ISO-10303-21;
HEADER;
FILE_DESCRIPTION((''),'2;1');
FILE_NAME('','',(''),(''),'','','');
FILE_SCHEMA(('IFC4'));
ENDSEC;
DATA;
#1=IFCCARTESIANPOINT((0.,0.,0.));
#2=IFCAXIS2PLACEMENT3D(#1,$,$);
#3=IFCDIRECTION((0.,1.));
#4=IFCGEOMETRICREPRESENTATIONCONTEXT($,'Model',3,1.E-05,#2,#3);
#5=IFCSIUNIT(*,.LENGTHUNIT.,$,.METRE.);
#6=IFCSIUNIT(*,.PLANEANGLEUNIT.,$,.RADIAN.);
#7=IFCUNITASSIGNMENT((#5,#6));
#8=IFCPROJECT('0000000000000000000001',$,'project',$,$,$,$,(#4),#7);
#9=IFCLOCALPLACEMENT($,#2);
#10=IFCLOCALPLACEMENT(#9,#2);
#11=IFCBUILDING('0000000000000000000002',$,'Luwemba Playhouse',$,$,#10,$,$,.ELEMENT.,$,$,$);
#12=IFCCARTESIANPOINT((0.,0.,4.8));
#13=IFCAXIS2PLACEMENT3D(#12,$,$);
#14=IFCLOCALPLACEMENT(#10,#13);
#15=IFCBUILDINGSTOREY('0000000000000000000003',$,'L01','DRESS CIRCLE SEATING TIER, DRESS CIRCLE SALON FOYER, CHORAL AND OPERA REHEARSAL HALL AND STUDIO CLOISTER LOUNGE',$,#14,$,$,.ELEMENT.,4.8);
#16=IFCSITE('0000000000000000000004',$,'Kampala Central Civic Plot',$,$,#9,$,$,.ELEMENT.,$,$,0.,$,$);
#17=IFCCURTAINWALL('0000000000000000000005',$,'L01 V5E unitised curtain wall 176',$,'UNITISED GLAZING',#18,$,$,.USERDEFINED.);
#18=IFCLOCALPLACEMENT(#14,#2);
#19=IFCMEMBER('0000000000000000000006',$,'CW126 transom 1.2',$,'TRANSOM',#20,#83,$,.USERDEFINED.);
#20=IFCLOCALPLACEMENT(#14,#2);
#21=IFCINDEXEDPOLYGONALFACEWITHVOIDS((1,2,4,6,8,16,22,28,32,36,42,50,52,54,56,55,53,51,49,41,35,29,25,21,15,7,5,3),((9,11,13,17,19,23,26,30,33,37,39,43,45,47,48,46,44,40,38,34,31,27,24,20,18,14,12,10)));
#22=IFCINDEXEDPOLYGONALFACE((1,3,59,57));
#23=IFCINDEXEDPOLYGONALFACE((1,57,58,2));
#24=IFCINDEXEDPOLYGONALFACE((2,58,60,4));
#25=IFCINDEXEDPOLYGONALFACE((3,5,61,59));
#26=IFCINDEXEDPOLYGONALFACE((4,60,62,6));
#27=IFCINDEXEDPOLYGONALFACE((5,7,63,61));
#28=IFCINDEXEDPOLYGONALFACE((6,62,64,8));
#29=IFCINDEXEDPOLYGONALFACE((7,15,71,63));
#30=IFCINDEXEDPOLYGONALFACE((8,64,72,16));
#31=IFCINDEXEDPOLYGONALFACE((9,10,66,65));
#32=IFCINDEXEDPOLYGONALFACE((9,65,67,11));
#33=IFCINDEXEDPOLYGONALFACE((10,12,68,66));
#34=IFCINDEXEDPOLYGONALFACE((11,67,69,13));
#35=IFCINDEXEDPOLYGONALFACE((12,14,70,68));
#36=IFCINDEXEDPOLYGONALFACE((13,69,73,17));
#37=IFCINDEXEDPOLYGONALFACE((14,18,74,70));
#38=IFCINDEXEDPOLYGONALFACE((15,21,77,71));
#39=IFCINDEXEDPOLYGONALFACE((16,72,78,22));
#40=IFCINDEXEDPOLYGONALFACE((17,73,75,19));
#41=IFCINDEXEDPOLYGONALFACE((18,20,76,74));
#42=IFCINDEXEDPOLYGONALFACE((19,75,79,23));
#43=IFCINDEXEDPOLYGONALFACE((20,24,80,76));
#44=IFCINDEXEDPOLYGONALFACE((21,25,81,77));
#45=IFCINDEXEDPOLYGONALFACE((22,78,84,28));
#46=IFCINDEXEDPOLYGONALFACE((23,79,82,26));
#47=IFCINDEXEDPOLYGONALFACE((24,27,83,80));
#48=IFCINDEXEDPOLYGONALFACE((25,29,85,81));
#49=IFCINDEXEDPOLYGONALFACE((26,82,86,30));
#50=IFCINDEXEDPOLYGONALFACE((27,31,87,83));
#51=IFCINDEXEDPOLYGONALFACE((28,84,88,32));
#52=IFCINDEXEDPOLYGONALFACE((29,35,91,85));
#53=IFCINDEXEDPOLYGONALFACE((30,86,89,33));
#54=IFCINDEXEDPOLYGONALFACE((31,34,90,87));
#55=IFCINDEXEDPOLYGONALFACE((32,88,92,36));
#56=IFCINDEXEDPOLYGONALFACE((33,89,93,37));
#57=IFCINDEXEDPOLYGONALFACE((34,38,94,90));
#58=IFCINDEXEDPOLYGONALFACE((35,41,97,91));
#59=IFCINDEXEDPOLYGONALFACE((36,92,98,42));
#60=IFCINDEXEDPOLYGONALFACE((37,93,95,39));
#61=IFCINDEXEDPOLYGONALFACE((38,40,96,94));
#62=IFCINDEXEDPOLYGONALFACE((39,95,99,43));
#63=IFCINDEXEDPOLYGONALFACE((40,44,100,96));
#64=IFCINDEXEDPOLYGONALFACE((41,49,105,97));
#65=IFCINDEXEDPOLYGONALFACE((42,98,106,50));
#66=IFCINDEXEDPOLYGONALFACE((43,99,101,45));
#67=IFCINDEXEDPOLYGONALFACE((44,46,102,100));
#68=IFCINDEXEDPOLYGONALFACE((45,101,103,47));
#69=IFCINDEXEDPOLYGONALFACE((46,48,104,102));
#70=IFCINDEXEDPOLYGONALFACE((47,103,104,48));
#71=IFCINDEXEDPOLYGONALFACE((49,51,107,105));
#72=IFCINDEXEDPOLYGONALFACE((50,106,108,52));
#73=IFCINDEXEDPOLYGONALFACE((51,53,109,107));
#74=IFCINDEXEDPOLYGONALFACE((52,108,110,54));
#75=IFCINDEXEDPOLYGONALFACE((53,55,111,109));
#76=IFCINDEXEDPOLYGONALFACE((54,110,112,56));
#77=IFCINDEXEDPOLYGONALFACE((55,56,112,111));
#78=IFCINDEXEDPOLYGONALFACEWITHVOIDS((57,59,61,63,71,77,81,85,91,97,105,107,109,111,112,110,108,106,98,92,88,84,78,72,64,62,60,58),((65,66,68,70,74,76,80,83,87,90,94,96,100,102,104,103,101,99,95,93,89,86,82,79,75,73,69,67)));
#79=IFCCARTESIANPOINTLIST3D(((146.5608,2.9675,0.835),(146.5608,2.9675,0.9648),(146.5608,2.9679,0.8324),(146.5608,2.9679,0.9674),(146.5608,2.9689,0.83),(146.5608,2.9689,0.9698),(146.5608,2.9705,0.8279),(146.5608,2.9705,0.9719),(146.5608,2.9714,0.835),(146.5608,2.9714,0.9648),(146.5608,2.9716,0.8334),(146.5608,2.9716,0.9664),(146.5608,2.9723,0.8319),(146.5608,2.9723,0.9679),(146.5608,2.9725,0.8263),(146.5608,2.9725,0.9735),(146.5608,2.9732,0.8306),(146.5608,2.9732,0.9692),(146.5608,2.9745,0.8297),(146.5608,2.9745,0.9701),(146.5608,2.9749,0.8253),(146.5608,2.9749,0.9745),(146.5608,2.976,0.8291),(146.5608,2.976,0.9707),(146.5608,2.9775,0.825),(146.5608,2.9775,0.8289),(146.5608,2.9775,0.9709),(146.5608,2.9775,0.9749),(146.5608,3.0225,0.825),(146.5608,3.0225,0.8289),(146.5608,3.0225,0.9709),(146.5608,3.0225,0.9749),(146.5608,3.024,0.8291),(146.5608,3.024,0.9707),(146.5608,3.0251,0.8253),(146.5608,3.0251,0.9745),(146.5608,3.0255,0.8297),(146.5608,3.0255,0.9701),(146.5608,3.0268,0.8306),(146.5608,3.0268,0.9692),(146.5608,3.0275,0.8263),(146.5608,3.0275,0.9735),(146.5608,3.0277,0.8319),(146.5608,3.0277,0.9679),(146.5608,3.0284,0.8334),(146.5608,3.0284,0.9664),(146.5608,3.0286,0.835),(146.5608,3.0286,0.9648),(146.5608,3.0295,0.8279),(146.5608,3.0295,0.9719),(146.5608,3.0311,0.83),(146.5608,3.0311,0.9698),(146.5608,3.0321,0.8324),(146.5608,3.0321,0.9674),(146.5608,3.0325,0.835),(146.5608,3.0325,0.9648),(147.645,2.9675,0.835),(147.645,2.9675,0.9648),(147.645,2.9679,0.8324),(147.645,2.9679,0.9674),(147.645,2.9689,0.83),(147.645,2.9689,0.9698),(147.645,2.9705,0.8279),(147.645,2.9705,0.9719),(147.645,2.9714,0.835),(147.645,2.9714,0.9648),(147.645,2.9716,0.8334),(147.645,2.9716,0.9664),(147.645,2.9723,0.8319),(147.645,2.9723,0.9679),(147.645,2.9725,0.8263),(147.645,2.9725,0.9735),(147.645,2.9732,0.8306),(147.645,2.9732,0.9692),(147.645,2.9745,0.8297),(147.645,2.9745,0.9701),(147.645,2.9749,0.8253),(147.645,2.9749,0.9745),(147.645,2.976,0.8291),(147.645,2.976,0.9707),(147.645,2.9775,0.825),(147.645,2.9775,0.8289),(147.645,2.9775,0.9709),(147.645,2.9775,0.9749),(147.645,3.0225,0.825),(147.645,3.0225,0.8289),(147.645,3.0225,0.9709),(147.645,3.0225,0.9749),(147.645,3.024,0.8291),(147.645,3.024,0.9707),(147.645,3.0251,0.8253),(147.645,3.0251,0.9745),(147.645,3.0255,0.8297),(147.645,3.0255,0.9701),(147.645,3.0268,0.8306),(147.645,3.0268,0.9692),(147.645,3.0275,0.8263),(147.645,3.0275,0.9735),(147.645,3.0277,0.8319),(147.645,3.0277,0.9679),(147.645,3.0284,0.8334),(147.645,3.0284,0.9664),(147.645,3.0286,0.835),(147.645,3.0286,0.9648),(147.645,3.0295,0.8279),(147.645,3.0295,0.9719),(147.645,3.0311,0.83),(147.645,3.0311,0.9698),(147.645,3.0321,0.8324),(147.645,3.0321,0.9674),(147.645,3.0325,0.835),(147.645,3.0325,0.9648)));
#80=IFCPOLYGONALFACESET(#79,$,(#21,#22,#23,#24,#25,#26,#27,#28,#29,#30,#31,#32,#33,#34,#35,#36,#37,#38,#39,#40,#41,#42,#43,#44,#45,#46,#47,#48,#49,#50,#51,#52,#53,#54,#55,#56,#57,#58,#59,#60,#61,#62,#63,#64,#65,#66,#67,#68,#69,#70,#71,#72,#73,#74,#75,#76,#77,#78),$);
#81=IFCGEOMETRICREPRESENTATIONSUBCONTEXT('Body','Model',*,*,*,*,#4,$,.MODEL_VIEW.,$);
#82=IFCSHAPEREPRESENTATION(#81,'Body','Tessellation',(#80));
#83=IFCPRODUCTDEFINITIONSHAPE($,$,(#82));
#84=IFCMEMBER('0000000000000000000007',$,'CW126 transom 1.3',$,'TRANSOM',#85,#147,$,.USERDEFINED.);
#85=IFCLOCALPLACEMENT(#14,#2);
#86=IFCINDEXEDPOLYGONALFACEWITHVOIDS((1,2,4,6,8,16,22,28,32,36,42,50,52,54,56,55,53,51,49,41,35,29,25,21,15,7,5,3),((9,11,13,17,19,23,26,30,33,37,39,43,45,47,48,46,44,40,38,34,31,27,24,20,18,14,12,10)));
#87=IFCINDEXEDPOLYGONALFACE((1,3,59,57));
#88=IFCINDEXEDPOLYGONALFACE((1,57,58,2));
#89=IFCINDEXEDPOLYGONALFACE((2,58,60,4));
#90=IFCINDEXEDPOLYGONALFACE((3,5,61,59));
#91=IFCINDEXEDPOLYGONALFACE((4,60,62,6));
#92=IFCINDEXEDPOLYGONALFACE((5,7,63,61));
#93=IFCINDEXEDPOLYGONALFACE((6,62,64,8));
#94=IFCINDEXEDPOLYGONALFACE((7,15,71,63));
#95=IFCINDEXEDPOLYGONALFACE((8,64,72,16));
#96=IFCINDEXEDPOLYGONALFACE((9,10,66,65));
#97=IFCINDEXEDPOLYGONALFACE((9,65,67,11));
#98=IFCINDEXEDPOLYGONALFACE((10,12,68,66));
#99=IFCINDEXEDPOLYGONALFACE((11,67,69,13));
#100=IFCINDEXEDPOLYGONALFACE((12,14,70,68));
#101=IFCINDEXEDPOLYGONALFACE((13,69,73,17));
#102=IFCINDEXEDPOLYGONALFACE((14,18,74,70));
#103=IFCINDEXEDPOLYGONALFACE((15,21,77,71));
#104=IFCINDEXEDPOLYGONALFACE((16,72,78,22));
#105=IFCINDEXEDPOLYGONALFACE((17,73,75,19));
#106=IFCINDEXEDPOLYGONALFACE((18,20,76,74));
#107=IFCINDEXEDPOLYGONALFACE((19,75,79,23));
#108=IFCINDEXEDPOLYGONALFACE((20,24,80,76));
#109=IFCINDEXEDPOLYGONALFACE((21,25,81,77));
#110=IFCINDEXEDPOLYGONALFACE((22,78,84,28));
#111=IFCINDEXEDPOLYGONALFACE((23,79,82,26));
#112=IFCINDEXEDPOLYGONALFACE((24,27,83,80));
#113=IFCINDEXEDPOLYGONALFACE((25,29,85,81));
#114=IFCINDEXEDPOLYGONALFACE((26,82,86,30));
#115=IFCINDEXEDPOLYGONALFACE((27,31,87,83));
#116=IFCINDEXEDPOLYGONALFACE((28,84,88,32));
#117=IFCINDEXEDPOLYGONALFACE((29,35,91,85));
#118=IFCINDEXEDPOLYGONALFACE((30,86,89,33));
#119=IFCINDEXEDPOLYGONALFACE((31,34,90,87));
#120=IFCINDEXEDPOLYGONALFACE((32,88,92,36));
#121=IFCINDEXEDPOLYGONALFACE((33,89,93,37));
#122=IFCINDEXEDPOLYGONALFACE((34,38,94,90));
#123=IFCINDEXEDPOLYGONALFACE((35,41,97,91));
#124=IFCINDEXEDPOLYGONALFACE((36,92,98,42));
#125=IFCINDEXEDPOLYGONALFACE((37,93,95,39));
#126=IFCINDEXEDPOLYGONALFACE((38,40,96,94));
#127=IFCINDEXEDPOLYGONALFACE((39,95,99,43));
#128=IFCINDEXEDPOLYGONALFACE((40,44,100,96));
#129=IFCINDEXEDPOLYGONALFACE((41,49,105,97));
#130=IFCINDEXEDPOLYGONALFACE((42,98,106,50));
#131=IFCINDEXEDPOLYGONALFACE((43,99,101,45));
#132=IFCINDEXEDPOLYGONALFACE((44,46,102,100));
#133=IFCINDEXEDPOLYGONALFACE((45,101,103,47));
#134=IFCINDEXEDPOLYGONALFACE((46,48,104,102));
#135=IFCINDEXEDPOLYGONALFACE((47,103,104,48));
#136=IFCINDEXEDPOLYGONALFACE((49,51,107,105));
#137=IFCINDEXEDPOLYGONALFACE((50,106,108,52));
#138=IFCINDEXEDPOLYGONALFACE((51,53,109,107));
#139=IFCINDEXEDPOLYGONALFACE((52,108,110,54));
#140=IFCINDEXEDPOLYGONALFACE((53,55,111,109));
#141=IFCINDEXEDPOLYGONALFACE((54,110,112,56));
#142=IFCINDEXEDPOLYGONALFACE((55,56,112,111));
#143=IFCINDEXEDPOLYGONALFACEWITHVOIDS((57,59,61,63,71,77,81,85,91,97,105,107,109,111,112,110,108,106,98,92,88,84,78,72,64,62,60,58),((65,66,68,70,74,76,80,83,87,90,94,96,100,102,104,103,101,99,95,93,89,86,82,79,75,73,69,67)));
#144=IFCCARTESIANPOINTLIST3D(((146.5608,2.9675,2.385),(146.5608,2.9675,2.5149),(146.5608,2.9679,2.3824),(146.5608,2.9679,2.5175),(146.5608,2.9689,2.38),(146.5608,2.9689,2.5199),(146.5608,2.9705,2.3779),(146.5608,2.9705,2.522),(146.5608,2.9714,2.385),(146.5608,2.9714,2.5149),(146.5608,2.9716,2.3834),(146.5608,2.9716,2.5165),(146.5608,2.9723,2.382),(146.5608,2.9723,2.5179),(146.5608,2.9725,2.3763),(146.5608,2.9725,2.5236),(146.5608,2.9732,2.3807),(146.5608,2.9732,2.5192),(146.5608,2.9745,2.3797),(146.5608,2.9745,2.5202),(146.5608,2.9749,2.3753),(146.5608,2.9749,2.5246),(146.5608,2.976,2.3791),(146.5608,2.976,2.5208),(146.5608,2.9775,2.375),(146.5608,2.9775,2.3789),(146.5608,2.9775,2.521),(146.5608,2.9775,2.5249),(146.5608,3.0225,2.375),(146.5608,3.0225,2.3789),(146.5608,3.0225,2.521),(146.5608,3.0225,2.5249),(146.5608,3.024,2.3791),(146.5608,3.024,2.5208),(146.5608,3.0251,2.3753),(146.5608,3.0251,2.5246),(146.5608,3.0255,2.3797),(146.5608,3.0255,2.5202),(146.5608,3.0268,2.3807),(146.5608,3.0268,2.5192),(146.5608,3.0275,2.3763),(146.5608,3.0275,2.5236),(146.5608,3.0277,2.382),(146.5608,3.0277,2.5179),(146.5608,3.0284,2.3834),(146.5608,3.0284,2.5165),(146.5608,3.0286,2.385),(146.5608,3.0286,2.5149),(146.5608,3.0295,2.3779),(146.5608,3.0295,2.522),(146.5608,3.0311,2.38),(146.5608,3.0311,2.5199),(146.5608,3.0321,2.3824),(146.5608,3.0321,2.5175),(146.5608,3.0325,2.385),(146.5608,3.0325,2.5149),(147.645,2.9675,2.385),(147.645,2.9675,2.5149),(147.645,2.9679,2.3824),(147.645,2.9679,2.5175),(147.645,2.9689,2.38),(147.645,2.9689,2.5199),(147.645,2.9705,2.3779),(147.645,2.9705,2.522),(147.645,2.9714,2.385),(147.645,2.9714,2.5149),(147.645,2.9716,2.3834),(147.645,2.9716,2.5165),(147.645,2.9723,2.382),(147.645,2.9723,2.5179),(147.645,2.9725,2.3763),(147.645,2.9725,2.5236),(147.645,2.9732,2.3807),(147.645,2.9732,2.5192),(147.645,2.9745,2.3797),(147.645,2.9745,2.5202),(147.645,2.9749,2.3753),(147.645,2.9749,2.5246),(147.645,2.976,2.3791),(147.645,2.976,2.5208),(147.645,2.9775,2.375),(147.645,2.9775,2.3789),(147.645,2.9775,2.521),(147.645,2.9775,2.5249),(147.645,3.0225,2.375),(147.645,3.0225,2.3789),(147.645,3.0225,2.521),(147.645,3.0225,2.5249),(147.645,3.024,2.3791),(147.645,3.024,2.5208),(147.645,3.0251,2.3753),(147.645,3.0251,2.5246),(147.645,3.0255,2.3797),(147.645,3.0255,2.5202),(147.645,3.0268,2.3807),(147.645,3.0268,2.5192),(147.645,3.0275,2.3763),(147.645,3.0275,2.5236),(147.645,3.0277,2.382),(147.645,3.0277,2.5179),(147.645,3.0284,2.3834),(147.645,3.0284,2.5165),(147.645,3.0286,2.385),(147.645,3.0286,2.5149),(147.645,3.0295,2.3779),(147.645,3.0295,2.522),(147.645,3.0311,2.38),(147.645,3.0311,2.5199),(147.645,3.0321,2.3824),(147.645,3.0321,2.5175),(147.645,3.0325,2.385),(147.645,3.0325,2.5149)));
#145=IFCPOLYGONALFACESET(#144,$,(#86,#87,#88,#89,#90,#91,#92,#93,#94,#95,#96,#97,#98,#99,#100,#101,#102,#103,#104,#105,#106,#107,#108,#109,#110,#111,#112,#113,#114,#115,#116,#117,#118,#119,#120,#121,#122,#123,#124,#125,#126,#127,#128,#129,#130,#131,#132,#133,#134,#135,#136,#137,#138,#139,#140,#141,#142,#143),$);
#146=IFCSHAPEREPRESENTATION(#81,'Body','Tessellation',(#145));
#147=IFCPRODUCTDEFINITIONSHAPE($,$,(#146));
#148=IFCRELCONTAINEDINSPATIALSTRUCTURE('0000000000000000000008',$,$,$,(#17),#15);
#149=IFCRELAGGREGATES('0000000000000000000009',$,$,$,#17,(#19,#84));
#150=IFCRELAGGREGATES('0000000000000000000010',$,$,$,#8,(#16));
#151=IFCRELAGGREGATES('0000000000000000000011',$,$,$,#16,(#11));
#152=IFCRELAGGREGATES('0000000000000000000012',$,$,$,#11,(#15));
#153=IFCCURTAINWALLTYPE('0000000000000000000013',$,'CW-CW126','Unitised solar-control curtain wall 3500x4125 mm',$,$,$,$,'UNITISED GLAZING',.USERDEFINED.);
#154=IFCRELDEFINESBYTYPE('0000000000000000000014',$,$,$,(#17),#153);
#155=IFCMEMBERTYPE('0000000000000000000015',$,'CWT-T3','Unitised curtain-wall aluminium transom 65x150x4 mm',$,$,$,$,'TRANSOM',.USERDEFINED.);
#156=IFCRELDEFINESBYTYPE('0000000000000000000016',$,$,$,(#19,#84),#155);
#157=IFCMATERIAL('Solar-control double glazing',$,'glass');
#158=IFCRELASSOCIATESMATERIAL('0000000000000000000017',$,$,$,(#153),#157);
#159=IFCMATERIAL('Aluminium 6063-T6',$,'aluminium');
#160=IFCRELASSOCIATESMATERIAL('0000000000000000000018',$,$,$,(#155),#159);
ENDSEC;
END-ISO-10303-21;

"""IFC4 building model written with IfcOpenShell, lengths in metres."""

from ifc_helpers import new_model, si_unit, direction, frame, origin, origin_2d, place, context, subcontext, project, spatial, hollow_rectangle, extrude, material, material_profile, profile_set, type_object, element, aggregate, save


model = new_model("IFC4")

# Units and contexts
model_context = context("Model", 3, precision=1e-05, world=origin(), true_north=direction((0.0, 1.0)))
body_context = subcontext(model_context, "Body", "Model", "MODEL_VIEW")
ifc_project = project(units=[si_unit("LENGTHUNIT", "METRE"), si_unit("PLANEANGLEUNIT", "RADIAN")], contexts=[model_context])

# Site, building, storey
site_placement = place(None, origin())
site = spatial("IfcSite", under=ifc_project, at=site_placement, Name="Kampala Central Civic Plot", CompositionType="ELEMENT", RefElevation=0.0)
building_placement = place(site_placement, origin())
building = spatial("IfcBuilding", under=site, at=building_placement, Name="Luwemba Playhouse", CompositionType="ELEMENT")
storey_placement = place(building_placement, frame((0.0, 0.0, 4.8)))
storey = spatial("IfcBuildingStorey", under=building, at=storey_placement, Name="L01", Description="DRESS CIRCLE SEATING TIER, DRESS CIRCLE SALON FOYER, CHORAL AND OPERA REHEARSAL HALL AND STUDIO CLOISTER LOUNGE", CompositionType="ELEMENT", Elevation=4.8)

# Curtain wall, members
ifc_material_1 = material(Name="Solar-control double glazing", Category="glass")
curtain_wall_type = type_object("IfcCurtainWallType", Name="CW-CW126", Description="Unitised solar-control curtain wall 3500x4125 mm", ElementType="UNITISED GLAZING", PredefinedType="USERDEFINED", material=ifc_material_1)
curtain_wall_placement = place(storey_placement, origin())
curtain_wall = element("IfcCurtainWall", 1, at=curtain_wall_placement, inside=storey, type_object=curtain_wall_type, Name="L01 V5E unitised curtain wall 176", ObjectType="UNITISED GLAZING", PredefinedType="USERDEFINED")
ifc_material_2 = material(Name="Aluminium 6063-T6", Category="aluminium")
ifc_material_profile_1 = material_profile(ifc_material_2, hollow_rectangle(XDim=0.0649, YDim=0.1499, WallThickness=0.0039, InnerFilletRadius=0.0061, OuterFilletRadius=0.01, at=origin_2d()))
ifc_profile_set_1 = profile_set([ifc_material_profile_1], Name="Aluminium 6063-T6")
member_type_1 = type_object("IfcMemberType", Name="CWT-T3", Description="Unitised curtain-wall aluminium transom 65x150x4 mm", ElementType="TRANSOM", PredefinedType="USERDEFINED", material=ifc_profile_set_1)
member_1_placement = place(storey_placement, frame((147.645, 3.0, 0.8999), z_axis=(-1.0, 0.0, 0.0), x_axis=(0.0, -1.0, 0.0)))
member_1 = element("IfcMember", 2, at=member_1_placement, type_object=member_type_1, Name="CW126 transom 1.2", ObjectType="TRANSOM", PredefinedType="USERDEFINED", context=body_context, shape_type="SweptSolid", body=[
    extrude(hollow_rectangle(XDim=0.0649, YDim=0.1499, WallThickness=0.0039, InnerFilletRadius=0.0061, OuterFilletRadius=0.01, at=origin_2d()), origin(), (0.0, 0.0, 1.0), 1.0842),
])
member_2_placement = place(storey_placement, frame((147.645, 3.0, 2.45), z_axis=(-1.0, 0.0, 0.0), x_axis=(0.0, -1.0, 0.0)))
member_2 = element("IfcMember", 3, at=member_2_placement, type_object=member_type_1, Name="CW126 transom 1.3", ObjectType="TRANSOM", PredefinedType="USERDEFINED", context=body_context, shape_type="SweptSolid", body=[
    extrude(hollow_rectangle(XDim=0.0649, YDim=0.1499, WallThickness=0.0039, InnerFilletRadius=0.0061, OuterFilletRadius=0.01, at=origin_2d()), origin(), (0.0, 0.0, 1.0), 1.0842),
])

aggregate(curtain_wall, [member_1, member_2])

save(model, "model.ifc")
